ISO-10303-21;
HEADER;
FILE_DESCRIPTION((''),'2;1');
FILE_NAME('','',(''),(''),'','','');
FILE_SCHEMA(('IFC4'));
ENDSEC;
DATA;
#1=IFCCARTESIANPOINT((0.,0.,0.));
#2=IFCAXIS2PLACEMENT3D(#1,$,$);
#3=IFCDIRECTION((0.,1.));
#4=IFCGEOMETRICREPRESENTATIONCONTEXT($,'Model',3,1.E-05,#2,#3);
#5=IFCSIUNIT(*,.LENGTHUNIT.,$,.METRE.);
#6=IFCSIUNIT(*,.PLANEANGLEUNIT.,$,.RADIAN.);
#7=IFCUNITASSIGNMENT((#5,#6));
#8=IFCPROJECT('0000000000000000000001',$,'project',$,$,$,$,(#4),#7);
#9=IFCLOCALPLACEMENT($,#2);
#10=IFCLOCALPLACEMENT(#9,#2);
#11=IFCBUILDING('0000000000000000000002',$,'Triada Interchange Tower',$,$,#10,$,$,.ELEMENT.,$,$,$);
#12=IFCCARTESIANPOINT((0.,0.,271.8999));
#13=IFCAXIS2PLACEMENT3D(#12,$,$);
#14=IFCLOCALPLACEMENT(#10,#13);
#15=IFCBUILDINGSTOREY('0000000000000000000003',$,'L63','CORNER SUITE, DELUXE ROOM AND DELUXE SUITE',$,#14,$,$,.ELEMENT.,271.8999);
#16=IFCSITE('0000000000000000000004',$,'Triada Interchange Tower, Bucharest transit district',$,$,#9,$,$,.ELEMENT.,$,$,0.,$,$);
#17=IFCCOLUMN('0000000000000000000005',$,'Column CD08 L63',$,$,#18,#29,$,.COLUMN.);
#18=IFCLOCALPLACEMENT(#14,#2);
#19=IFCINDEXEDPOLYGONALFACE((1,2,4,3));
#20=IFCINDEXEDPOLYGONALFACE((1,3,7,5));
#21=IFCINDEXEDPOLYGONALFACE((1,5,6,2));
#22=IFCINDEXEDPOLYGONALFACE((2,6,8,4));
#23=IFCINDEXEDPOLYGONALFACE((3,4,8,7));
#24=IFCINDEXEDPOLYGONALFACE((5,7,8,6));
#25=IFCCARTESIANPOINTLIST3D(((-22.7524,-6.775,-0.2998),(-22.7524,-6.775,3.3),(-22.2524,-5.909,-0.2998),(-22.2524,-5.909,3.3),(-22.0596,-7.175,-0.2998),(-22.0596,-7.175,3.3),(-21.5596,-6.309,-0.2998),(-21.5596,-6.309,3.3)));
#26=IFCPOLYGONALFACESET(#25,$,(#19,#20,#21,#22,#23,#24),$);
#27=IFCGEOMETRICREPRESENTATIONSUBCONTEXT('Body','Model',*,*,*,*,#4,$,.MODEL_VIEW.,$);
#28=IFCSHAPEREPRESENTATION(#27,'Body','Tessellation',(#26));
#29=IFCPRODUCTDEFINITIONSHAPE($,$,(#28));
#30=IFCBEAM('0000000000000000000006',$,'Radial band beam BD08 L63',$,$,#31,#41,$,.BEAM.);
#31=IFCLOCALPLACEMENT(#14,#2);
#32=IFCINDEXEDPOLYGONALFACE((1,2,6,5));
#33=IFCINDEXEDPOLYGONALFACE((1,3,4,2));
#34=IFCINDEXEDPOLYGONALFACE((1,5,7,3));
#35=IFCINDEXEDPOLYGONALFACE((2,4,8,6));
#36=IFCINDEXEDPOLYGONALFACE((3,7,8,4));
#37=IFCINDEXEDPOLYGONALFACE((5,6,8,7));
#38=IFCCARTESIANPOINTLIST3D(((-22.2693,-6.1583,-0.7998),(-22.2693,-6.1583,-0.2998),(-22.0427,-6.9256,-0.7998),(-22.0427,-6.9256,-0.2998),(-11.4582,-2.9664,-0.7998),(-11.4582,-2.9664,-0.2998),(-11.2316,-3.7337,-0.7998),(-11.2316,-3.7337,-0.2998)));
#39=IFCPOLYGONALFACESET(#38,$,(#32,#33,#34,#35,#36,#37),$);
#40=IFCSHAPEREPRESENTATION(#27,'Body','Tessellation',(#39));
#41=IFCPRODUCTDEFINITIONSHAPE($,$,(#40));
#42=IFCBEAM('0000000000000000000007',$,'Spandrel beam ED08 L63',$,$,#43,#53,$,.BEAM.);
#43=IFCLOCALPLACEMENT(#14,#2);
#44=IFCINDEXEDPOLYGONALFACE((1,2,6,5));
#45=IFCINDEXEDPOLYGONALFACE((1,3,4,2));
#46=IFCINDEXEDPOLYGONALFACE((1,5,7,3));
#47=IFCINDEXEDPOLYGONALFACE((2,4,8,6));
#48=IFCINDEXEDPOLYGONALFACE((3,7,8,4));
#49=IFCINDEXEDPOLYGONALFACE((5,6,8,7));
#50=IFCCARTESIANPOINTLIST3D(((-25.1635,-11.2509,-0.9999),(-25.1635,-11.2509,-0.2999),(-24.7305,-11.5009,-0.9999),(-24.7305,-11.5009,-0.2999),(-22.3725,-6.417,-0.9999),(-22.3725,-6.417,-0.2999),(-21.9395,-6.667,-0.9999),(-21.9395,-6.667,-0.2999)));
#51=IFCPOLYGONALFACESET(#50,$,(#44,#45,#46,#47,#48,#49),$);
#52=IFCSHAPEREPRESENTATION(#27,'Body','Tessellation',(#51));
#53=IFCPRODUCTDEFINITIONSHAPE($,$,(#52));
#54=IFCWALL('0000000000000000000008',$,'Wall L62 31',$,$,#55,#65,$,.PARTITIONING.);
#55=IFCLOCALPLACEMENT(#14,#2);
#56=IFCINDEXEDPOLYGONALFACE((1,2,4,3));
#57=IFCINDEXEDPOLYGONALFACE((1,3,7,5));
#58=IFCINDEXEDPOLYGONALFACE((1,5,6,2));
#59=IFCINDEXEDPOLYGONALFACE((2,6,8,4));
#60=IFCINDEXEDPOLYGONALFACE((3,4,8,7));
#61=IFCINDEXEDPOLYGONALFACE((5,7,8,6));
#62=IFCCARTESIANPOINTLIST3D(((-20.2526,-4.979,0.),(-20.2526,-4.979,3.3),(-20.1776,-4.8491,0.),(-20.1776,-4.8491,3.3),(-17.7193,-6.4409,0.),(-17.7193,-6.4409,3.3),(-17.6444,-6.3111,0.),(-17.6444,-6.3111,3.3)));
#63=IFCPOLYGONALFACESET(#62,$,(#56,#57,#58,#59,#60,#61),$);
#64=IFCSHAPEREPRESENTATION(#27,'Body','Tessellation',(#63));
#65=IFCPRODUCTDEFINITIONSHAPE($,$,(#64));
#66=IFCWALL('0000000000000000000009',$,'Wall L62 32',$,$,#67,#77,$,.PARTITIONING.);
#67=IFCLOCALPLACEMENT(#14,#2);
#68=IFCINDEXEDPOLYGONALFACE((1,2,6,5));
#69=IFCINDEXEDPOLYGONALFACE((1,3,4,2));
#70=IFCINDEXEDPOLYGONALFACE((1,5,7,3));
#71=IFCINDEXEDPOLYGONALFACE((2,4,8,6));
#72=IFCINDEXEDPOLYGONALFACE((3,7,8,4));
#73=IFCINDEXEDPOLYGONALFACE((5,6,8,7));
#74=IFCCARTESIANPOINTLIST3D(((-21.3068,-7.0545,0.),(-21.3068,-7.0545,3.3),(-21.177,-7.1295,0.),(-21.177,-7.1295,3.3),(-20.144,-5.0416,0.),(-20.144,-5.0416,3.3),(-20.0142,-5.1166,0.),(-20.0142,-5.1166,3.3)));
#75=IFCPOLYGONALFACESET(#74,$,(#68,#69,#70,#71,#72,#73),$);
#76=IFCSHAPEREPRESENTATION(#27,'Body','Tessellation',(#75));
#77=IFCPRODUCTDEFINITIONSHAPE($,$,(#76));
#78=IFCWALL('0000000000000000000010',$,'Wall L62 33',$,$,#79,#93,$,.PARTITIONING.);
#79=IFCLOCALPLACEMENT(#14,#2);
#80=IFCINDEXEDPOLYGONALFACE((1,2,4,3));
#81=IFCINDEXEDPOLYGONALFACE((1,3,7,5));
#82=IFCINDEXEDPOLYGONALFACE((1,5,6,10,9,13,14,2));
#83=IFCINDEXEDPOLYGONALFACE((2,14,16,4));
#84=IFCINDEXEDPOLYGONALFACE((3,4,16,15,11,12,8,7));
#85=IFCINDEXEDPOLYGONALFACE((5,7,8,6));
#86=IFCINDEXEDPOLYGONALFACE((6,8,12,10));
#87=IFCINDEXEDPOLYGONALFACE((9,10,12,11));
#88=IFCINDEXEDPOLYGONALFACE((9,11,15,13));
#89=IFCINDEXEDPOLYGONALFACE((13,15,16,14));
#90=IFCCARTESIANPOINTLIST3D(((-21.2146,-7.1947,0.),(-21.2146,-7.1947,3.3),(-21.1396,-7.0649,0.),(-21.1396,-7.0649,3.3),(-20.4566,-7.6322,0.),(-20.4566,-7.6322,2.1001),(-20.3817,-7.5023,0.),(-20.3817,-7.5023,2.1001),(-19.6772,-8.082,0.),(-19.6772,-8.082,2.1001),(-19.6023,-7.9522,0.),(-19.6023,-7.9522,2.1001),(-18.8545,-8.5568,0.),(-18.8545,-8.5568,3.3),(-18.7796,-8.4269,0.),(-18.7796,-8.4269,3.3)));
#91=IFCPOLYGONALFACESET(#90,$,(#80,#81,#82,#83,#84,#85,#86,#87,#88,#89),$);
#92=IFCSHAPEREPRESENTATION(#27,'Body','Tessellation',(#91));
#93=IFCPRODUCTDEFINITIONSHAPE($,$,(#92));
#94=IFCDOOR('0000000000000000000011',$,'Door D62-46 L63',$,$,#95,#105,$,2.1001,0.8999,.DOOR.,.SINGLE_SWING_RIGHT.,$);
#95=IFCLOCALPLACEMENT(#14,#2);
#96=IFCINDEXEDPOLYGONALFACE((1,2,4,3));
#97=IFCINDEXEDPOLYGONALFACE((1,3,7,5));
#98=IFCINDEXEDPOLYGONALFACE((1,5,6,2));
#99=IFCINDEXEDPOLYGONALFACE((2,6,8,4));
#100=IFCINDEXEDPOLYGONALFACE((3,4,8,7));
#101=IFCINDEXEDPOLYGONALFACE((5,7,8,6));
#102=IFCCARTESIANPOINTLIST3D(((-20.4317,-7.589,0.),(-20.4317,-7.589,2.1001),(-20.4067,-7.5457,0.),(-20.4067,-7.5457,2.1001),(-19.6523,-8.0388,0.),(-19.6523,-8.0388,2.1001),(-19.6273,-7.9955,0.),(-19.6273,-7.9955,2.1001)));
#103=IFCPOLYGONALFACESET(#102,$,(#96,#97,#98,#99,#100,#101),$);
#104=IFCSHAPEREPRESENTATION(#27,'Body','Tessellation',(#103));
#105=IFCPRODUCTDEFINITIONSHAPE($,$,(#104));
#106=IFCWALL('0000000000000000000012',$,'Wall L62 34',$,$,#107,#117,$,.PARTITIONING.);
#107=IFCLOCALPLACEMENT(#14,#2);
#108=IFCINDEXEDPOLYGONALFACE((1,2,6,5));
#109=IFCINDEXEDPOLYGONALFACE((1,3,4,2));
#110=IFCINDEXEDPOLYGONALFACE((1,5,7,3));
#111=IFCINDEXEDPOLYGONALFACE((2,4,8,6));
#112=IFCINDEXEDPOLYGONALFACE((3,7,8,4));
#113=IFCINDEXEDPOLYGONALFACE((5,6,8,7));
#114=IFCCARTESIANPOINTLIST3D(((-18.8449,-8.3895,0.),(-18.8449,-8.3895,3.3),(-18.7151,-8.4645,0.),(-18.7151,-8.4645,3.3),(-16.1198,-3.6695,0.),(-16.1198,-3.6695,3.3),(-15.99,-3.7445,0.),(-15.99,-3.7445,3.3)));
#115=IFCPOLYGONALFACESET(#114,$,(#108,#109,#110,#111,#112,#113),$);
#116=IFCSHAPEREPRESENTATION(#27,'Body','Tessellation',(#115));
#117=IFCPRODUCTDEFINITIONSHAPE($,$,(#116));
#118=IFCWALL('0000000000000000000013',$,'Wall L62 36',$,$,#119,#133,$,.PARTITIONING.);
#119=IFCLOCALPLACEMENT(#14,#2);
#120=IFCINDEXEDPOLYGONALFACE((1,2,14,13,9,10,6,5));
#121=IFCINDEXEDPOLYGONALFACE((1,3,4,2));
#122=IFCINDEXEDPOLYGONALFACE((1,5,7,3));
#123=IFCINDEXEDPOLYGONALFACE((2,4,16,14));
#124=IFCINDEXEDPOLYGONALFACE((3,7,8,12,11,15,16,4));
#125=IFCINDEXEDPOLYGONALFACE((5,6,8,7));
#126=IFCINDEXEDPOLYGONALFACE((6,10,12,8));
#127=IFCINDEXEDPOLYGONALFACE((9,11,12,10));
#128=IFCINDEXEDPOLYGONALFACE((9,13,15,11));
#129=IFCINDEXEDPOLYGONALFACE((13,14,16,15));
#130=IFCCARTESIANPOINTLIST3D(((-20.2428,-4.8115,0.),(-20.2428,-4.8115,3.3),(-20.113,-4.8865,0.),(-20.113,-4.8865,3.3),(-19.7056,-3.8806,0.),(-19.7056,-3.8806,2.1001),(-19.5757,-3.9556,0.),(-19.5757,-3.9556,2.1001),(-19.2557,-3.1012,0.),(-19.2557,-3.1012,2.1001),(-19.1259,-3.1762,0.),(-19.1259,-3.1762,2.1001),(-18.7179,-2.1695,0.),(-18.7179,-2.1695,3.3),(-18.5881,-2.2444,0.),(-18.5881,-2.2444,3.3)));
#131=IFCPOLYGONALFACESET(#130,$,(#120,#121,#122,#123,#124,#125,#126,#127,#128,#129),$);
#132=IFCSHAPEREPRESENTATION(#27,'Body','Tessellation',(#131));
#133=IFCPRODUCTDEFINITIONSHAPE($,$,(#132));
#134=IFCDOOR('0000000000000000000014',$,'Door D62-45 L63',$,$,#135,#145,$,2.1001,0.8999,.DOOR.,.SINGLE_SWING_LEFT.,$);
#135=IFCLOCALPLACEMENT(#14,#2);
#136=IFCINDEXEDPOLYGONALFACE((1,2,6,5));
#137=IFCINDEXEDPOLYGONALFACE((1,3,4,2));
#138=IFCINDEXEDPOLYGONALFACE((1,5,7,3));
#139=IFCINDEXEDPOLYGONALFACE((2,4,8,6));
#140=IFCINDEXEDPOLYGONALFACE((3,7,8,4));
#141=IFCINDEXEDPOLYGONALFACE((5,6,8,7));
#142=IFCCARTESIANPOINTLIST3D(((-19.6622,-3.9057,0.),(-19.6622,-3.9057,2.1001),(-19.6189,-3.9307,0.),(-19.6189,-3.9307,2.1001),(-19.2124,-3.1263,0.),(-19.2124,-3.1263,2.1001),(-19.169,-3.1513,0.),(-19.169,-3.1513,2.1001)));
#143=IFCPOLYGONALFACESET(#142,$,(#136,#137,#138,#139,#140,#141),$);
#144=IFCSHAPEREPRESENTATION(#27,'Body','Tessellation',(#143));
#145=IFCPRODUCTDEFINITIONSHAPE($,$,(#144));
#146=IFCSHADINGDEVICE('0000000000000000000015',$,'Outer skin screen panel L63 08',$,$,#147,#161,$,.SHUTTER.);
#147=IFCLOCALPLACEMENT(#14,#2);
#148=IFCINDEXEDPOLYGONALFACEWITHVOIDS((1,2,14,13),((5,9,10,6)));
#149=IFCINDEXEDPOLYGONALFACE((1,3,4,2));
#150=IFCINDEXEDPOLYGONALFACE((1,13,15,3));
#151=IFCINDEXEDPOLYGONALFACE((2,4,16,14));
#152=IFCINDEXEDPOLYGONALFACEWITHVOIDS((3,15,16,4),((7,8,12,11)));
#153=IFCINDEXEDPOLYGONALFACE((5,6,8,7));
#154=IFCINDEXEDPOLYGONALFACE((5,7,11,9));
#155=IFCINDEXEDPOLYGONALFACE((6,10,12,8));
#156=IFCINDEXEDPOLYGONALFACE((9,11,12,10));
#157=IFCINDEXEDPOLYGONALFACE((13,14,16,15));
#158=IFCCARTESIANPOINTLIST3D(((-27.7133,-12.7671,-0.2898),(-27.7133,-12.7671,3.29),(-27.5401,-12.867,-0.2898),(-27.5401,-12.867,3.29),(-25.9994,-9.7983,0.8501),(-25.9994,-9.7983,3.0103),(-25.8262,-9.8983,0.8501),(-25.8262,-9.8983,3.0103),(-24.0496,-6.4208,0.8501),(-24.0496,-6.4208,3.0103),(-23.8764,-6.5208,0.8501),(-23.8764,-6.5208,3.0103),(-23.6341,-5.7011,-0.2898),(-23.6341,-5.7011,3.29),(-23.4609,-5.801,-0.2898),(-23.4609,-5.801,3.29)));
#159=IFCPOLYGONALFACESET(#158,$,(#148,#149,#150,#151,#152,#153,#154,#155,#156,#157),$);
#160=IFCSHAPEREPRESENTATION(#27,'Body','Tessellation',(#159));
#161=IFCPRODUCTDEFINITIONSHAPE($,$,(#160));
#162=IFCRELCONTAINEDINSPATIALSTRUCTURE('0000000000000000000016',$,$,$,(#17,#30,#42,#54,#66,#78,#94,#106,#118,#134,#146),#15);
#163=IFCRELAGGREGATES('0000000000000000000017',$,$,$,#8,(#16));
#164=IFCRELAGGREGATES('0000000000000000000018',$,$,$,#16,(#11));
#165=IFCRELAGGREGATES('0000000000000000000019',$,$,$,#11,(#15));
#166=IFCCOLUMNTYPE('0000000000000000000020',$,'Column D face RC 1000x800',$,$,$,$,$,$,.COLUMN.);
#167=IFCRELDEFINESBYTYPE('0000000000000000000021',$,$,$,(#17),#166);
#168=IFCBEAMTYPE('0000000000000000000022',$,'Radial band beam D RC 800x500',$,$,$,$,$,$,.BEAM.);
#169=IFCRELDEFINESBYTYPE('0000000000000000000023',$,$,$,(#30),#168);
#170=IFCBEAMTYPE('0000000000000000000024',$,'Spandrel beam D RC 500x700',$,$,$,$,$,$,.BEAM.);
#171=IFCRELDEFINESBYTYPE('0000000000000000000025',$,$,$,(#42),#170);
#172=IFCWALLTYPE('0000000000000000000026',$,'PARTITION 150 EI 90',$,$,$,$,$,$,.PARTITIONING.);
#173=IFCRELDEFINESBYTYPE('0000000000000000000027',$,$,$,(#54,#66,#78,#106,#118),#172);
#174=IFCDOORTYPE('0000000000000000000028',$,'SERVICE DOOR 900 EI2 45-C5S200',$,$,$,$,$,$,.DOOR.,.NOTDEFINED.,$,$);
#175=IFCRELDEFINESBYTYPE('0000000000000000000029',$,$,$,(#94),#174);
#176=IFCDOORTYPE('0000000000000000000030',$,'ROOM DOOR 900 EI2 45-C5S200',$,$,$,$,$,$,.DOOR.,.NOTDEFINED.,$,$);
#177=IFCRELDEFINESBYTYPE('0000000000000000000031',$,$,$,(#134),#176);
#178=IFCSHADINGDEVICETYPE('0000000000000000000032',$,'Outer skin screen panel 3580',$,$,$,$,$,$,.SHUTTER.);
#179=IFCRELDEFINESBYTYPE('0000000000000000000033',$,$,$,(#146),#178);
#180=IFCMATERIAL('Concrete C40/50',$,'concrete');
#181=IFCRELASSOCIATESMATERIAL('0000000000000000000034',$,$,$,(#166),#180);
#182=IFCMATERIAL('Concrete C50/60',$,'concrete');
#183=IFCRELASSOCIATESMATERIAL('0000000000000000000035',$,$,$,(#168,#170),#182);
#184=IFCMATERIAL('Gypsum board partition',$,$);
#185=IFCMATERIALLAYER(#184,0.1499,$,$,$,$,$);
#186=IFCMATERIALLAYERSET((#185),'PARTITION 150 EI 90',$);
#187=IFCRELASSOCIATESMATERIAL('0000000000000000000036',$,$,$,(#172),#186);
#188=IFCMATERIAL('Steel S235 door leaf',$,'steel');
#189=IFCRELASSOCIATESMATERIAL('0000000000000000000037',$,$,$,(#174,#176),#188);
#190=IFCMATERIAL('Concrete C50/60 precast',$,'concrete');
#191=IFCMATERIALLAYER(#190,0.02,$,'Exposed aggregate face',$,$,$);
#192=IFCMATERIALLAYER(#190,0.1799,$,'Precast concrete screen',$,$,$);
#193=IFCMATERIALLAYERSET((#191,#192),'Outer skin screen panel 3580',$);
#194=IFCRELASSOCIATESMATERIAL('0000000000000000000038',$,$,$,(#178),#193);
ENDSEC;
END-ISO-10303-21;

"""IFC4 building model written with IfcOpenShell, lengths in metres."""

from ifc_helpers import new_model, si_unit, direction, frame, frame_2d, origin, origin_2d, place, context, subcontext, project, spatial, polyline, rectangle, outline, extrude, material, layer, layer_set, material_profile, profile_set, type_object, element, fill, save


model = new_model("IFC4")

# Units and contexts
model_context = context("Model", 3, precision=1e-05, world=origin(), true_north=direction((0.0, 1.0)))
body_context = subcontext(model_context, "Body", "Model", "MODEL_VIEW")
ifc_project = project(units=[si_unit("LENGTHUNIT", "METRE"), si_unit("PLANEANGLEUNIT", "RADIAN")], contexts=[model_context])

# Site, building, storey
site_placement = place(None, origin())
site = spatial("IfcSite", under=ifc_project, at=site_placement, Name="Triada Interchange Tower, Bucharest transit district", CompositionType="ELEMENT", RefElevation=0.0)
building_placement = place(site_placement, origin())
building = spatial("IfcBuilding", under=site, at=building_placement, Name="Triada Interchange Tower", CompositionType="ELEMENT")
storey_placement = place(building_placement, frame((0.0, 0.0, 271.8999)))
storey = spatial("IfcBuildingStorey", under=building, at=storey_placement, Name="L63", Description="CORNER SUITE, DELUXE ROOM AND DELUXE SUITE", CompositionType="ELEMENT", Elevation=271.8999)

# Column
ifc_material_1 = material(Name="Concrete C40/50", Category="concrete")
ifc_material_profile_1 = material_profile(ifc_material_1, rectangle(XDim=1.0, YDim=0.8, at=origin_2d()), Name="RC 1000x800")
ifc_profile_set_1 = profile_set([ifc_material_profile_1], Name="Concrete C40/50")
column_type = type_object("IfcColumnType", Name="Column D face RC 1000x800", PredefinedType="COLUMN", material=ifc_profile_set_1)
column_placement = place(storey_placement, frame((-22.156, -6.542, -0.2998), z_axis=(0.0, 0.0, 1.0), x_axis=(0.5, 0.866025, 0.0)))
element("IfcColumn", 1, at=column_placement, inside=storey, type_object=column_type, Name="Column CD08 L63", PredefinedType="COLUMN", context=body_context, shape_type="SweptSolid", body=[
    extrude(rectangle(XDim=1.0, YDim=0.8, at=origin_2d()), origin(), (0.0, 0.0, 1.0), 3.5999),
])

# Beams
ifc_material_2 = material(Name="Concrete C50/60", Category="concrete")
ifc_material_profile_2 = material_profile(ifc_material_2, rectangle(XDim=0.8, YDim=0.5, at=origin_2d()), Name="RC 800x500")
ifc_profile_set_2 = profile_set([ifc_material_profile_2], Name="Concrete C50/60")
beam_type_1 = type_object("IfcBeamType", Name="Radial band beam D RC 800x500", PredefinedType="BEAM", material=ifc_profile_set_2)
beam_1_placement = place(storey_placement, frame((-22.156, -6.542, -0.5498), z_axis=(0.959073, 0.283161, 0.0), x_axis=(-0.283161, 0.959073, 0.0)))
element("IfcBeam", 2, at=beam_1_placement, inside=storey, type_object=beam_type_1, Name="Radial band beam BD08 L63", PredefinedType="BEAM", context=body_context, shape_type="SweptSolid", body=[
    extrude(rectangle(XDim=0.8, YDim=0.5, at=origin_2d()), origin(), (0.0, 0.0, 1.0), 11.2725),
])
ifc_material_profile_3 = material_profile(ifc_material_2, rectangle(XDim=0.5, YDim=0.7, at=origin_2d()), Name="RC 500x700")
ifc_profile_set_3 = profile_set([ifc_material_profile_3], Name="Concrete C50/60")
beam_type_2 = type_object("IfcBeamType", Name="Spandrel beam D RC 500x700", PredefinedType="BEAM", material=ifc_profile_set_3)
beam_2_placement = place(storey_placement, frame((-22.156, -6.542, -0.6499), z_axis=(-0.500015, -0.866017, 0.0), x_axis=(0.866017, -0.500015, 0.0)))
element("IfcBeam", 3, at=beam_2_placement, inside=storey, type_object=beam_type_2, Name="Spandrel beam ED08 L63", PredefinedType="BEAM", context=body_context, shape_type="SweptSolid", body=[
    extrude(rectangle(XDim=0.5, YDim=0.7, at=origin_2d()), origin(), (0.0, 0.0, 1.0), 5.5818),
])

# Walls
ifc_material_3 = material(Name="Gypsum board partition")
ifc_layer_1 = layer(ifc_material_3, 0.1499)
ifc_layer_set_1 = layer_set([ifc_layer_1], Name="PARTITION 150 EI 90")
wall_type = type_object("IfcWallType", Name="PARTITION 150 EI 90", PredefinedType="PARTITIONING", material=ifc_layer_set_1)
wall_1_placement = place(storey_placement, frame((-20.2151, -4.9141, 0.0), z_axis=(0.0, 0.0, 1.0), x_axis=(0.866119, -0.499838, 0.0)))
element("IfcWall", 4, at=wall_1_placement, inside=storey, type_object=wall_type, Name="Wall L62 31", PredefinedType="PARTITIONING", context=body_context, shape_type="SweptSolid", body=[
    extrude(rectangle(XDim=2.9248, YDim=0.1499, at=frame_2d((1.4624, 0.0))), origin(), (0.0, 0.0, 1.0), 3.3),
])
wall_2_placement = place(storey_placement, frame((-21.2419, -7.092, 0.0), z_axis=(0.0, 0.0, 1.0), x_axis=(0.500216, 0.8659, 0.0)))
element("IfcWall", 5, at=wall_2_placement, inside=storey, type_object=wall_type, Name="Wall L62 32", PredefinedType="PARTITIONING", context=body_context, shape_type="SweptSolid", body=[
    extrude(rectangle(XDim=2.3247, YDim=0.1499, at=frame_2d((1.1624, 0.0))), origin(), (0.0, 0.0, 1.0), 3.3),
])

# Wall, opening, door
wall_3_placement = place(storey_placement, frame((-21.177, -7.1299, 0.0), z_axis=(0.0, 0.0, 1.0), x_axis=(0.866112, -0.499849, 0.0)))
wall_3 = element("IfcWall", 6, at=wall_3_placement, inside=storey, type_object=wall_type, Name="Wall L62 33", PredefinedType="PARTITIONING", context=body_context, shape_type="SweptSolid", body=[
    extrude(rectangle(XDim=2.7249, YDim=0.1499, at=frame_2d((1.3623, 0.0))), origin(), (0.0, 0.0, 1.0), 3.3),
])
opening_1_placement = place(wall_3_placement, frame((0.875, 0.0, 0.0)))
opening_1 = element("IfcOpeningElement", 7, at=opening_1_placement, cuts=wall_3, PredefinedType="OPENING", context=body_context, shape_type="SweptSolid", body=[
    extrude(rectangle(XDim=0.8999, YDim=2.1001, at=frame_2d((0.45, 1.05))), frame((0.0, 0.085, 0.0), z_axis=(0.0, -1.0, 0.0), x_axis=(1.0, 0.0, 0.0)), (0.0, 0.0, 1.0), 0.1699),
])
ifc_material_4 = material(Name="Steel S235 door leaf", Category="steel")
door_type_1 = type_object("IfcDoorType", Name="SERVICE DOOR 900 EI2 45-C5S200", OperationType="NOTDEFINED", PredefinedType="DOOR", material=ifc_material_4)
door_1_placement = place(opening_1_placement, origin())
door_1 = element("IfcDoor", 8, at=door_1_placement, inside=storey, type_object=door_type_1, Name="Door D62-46 L63", OperationType="SINGLE_SWING_RIGHT", OverallHeight=2.1001, OverallWidth=0.8999, PredefinedType="DOOR", context=body_context, shape_type="SweptSolid", body=[
    extrude(rectangle(XDim=0.8999, YDim=2.1001, at=frame_2d((0.45, 1.05))), frame((0.0, 0.0249, 0.0), z_axis=(0.0, -1.0, 0.0), x_axis=(1.0, 0.0, 0.0)), (0.0, 0.0, 1.0), 0.05),
])
fill(opening_1, door_1)

# Wall
wall_4_placement = place(storey_placement, frame((-18.78, -8.427, 0.0), z_axis=(0.0, 0.0, 1.0), x_axis=(0.500003, 0.866024, 0.0)))
element("IfcWall", 9, at=wall_4_placement, inside=storey, type_object=wall_type, Name="Wall L62 34", PredefinedType="PARTITIONING", context=body_context, shape_type="SweptSolid", body=[
    extrude(rectangle(XDim=5.4502, YDim=0.1499, at=frame_2d((2.7251, 0.0))), origin(), (0.0, 0.0, 1.0), 3.3),
])

# Wall, opening, door
wall_5_placement = place(storey_placement, frame((-20.178, -4.8491, 0.0), z_axis=(0.0, 0.0, 1.0), x_axis=(0.499875, 0.866098, 0.0)))
wall_5 = element("IfcWall", 10, at=wall_5_placement, inside=storey, type_object=wall_type, Name="Wall L62 36", PredefinedType="PARTITIONING", context=body_context, shape_type="SweptSolid", body=[
    extrude(rectangle(XDim=3.0505, YDim=0.1499, at=frame_2d((1.5254, 0.0))), origin(), (0.0, 0.0, 1.0), 3.3),
])
opening_2_placement = place(wall_5_placement, frame((1.075, 0.0, 0.0)))
opening_2 = element("IfcOpeningElement", 11, at=opening_2_placement, cuts=wall_5, PredefinedType="OPENING", context=body_context, shape_type="SweptSolid", body=[
    extrude(rectangle(XDim=0.8999, YDim=2.1001, at=frame_2d((0.45, 1.05))), frame((0.0, 0.085, 0.0), z_axis=(0.0, -1.0, 0.0), x_axis=(1.0, 0.0, 0.0)), (0.0, 0.0, 1.0), 0.1699),
])
door_type_2 = type_object("IfcDoorType", Name="ROOM DOOR 900 EI2 45-C5S200", OperationType="NOTDEFINED", PredefinedType="DOOR", material=ifc_material_4)
door_2_placement = place(opening_2_placement, origin())
door_2 = element("IfcDoor", 12, at=door_2_placement, inside=storey, type_object=door_type_2, Name="Door D62-45 L63", OperationType="SINGLE_SWING_LEFT", OverallHeight=2.1001, OverallWidth=0.8999, PredefinedType="DOOR", context=body_context, shape_type="SweptSolid", body=[
    extrude(rectangle(XDim=0.8999, YDim=2.1001, at=frame_2d((0.45, 1.05))), frame((0.0, 0.0249, 0.0), z_axis=(0.0, -1.0, 0.0), x_axis=(1.0, 0.0, 0.0)), (0.0, 0.0, 1.0), 0.05),
])
fill(opening_2, door_2)

# Shading device
ifc_material_5 = material(Name="Concrete C50/60 precast", Category="concrete")
ifc_layer_2 = layer(ifc_material_5, 0.02, Name="Exposed aggregate face")
ifc_layer_3 = layer(ifc_material_5, 0.1799, Name="Precast concrete screen")
ifc_layer_set_2 = layer_set([ifc_layer_2, ifc_layer_3], Name="Outer skin screen panel 3580")
shading_device_type = type_object("IfcShadingDeviceType", Name="Outer skin screen panel 3580", PredefinedType="SHUTTER", material=ifc_layer_set_2)
shading_device_placement = place(storey_placement, frame((-23.4609, -5.801, -0.2898), z_axis=(0.0, 0.0, 1.0), x_axis=(-0.499962, -0.866047, 0.0)))
element("IfcShadingDevice", 13, at=shading_device_placement, inside=storey, type_object=shading_device_type, Name="Outer skin screen panel L63 08", PredefinedType="SHUTTER", context=body_context, shape_type="SweptSolid", body=[
    extrude(outline(polyline([(0.0, 0.0), (8.1589, 0.0), (8.1589, 3.5798), (0.0, 3.5798), (0.0, 0.0)]), holes=[polyline([(0.8311, 1.1399), (0.8311, 3.3), (4.731, 3.3), (4.731, 1.1399), (0.8311, 1.1399)])]), frame((0.0, 0.0, 0.0), z_axis=(0.0, -1.0, 0.0), x_axis=(1.0, 0.0, 0.0)), (0.0, 0.0, 1.0), 0.2),
])

save(model, "model.ifc")
